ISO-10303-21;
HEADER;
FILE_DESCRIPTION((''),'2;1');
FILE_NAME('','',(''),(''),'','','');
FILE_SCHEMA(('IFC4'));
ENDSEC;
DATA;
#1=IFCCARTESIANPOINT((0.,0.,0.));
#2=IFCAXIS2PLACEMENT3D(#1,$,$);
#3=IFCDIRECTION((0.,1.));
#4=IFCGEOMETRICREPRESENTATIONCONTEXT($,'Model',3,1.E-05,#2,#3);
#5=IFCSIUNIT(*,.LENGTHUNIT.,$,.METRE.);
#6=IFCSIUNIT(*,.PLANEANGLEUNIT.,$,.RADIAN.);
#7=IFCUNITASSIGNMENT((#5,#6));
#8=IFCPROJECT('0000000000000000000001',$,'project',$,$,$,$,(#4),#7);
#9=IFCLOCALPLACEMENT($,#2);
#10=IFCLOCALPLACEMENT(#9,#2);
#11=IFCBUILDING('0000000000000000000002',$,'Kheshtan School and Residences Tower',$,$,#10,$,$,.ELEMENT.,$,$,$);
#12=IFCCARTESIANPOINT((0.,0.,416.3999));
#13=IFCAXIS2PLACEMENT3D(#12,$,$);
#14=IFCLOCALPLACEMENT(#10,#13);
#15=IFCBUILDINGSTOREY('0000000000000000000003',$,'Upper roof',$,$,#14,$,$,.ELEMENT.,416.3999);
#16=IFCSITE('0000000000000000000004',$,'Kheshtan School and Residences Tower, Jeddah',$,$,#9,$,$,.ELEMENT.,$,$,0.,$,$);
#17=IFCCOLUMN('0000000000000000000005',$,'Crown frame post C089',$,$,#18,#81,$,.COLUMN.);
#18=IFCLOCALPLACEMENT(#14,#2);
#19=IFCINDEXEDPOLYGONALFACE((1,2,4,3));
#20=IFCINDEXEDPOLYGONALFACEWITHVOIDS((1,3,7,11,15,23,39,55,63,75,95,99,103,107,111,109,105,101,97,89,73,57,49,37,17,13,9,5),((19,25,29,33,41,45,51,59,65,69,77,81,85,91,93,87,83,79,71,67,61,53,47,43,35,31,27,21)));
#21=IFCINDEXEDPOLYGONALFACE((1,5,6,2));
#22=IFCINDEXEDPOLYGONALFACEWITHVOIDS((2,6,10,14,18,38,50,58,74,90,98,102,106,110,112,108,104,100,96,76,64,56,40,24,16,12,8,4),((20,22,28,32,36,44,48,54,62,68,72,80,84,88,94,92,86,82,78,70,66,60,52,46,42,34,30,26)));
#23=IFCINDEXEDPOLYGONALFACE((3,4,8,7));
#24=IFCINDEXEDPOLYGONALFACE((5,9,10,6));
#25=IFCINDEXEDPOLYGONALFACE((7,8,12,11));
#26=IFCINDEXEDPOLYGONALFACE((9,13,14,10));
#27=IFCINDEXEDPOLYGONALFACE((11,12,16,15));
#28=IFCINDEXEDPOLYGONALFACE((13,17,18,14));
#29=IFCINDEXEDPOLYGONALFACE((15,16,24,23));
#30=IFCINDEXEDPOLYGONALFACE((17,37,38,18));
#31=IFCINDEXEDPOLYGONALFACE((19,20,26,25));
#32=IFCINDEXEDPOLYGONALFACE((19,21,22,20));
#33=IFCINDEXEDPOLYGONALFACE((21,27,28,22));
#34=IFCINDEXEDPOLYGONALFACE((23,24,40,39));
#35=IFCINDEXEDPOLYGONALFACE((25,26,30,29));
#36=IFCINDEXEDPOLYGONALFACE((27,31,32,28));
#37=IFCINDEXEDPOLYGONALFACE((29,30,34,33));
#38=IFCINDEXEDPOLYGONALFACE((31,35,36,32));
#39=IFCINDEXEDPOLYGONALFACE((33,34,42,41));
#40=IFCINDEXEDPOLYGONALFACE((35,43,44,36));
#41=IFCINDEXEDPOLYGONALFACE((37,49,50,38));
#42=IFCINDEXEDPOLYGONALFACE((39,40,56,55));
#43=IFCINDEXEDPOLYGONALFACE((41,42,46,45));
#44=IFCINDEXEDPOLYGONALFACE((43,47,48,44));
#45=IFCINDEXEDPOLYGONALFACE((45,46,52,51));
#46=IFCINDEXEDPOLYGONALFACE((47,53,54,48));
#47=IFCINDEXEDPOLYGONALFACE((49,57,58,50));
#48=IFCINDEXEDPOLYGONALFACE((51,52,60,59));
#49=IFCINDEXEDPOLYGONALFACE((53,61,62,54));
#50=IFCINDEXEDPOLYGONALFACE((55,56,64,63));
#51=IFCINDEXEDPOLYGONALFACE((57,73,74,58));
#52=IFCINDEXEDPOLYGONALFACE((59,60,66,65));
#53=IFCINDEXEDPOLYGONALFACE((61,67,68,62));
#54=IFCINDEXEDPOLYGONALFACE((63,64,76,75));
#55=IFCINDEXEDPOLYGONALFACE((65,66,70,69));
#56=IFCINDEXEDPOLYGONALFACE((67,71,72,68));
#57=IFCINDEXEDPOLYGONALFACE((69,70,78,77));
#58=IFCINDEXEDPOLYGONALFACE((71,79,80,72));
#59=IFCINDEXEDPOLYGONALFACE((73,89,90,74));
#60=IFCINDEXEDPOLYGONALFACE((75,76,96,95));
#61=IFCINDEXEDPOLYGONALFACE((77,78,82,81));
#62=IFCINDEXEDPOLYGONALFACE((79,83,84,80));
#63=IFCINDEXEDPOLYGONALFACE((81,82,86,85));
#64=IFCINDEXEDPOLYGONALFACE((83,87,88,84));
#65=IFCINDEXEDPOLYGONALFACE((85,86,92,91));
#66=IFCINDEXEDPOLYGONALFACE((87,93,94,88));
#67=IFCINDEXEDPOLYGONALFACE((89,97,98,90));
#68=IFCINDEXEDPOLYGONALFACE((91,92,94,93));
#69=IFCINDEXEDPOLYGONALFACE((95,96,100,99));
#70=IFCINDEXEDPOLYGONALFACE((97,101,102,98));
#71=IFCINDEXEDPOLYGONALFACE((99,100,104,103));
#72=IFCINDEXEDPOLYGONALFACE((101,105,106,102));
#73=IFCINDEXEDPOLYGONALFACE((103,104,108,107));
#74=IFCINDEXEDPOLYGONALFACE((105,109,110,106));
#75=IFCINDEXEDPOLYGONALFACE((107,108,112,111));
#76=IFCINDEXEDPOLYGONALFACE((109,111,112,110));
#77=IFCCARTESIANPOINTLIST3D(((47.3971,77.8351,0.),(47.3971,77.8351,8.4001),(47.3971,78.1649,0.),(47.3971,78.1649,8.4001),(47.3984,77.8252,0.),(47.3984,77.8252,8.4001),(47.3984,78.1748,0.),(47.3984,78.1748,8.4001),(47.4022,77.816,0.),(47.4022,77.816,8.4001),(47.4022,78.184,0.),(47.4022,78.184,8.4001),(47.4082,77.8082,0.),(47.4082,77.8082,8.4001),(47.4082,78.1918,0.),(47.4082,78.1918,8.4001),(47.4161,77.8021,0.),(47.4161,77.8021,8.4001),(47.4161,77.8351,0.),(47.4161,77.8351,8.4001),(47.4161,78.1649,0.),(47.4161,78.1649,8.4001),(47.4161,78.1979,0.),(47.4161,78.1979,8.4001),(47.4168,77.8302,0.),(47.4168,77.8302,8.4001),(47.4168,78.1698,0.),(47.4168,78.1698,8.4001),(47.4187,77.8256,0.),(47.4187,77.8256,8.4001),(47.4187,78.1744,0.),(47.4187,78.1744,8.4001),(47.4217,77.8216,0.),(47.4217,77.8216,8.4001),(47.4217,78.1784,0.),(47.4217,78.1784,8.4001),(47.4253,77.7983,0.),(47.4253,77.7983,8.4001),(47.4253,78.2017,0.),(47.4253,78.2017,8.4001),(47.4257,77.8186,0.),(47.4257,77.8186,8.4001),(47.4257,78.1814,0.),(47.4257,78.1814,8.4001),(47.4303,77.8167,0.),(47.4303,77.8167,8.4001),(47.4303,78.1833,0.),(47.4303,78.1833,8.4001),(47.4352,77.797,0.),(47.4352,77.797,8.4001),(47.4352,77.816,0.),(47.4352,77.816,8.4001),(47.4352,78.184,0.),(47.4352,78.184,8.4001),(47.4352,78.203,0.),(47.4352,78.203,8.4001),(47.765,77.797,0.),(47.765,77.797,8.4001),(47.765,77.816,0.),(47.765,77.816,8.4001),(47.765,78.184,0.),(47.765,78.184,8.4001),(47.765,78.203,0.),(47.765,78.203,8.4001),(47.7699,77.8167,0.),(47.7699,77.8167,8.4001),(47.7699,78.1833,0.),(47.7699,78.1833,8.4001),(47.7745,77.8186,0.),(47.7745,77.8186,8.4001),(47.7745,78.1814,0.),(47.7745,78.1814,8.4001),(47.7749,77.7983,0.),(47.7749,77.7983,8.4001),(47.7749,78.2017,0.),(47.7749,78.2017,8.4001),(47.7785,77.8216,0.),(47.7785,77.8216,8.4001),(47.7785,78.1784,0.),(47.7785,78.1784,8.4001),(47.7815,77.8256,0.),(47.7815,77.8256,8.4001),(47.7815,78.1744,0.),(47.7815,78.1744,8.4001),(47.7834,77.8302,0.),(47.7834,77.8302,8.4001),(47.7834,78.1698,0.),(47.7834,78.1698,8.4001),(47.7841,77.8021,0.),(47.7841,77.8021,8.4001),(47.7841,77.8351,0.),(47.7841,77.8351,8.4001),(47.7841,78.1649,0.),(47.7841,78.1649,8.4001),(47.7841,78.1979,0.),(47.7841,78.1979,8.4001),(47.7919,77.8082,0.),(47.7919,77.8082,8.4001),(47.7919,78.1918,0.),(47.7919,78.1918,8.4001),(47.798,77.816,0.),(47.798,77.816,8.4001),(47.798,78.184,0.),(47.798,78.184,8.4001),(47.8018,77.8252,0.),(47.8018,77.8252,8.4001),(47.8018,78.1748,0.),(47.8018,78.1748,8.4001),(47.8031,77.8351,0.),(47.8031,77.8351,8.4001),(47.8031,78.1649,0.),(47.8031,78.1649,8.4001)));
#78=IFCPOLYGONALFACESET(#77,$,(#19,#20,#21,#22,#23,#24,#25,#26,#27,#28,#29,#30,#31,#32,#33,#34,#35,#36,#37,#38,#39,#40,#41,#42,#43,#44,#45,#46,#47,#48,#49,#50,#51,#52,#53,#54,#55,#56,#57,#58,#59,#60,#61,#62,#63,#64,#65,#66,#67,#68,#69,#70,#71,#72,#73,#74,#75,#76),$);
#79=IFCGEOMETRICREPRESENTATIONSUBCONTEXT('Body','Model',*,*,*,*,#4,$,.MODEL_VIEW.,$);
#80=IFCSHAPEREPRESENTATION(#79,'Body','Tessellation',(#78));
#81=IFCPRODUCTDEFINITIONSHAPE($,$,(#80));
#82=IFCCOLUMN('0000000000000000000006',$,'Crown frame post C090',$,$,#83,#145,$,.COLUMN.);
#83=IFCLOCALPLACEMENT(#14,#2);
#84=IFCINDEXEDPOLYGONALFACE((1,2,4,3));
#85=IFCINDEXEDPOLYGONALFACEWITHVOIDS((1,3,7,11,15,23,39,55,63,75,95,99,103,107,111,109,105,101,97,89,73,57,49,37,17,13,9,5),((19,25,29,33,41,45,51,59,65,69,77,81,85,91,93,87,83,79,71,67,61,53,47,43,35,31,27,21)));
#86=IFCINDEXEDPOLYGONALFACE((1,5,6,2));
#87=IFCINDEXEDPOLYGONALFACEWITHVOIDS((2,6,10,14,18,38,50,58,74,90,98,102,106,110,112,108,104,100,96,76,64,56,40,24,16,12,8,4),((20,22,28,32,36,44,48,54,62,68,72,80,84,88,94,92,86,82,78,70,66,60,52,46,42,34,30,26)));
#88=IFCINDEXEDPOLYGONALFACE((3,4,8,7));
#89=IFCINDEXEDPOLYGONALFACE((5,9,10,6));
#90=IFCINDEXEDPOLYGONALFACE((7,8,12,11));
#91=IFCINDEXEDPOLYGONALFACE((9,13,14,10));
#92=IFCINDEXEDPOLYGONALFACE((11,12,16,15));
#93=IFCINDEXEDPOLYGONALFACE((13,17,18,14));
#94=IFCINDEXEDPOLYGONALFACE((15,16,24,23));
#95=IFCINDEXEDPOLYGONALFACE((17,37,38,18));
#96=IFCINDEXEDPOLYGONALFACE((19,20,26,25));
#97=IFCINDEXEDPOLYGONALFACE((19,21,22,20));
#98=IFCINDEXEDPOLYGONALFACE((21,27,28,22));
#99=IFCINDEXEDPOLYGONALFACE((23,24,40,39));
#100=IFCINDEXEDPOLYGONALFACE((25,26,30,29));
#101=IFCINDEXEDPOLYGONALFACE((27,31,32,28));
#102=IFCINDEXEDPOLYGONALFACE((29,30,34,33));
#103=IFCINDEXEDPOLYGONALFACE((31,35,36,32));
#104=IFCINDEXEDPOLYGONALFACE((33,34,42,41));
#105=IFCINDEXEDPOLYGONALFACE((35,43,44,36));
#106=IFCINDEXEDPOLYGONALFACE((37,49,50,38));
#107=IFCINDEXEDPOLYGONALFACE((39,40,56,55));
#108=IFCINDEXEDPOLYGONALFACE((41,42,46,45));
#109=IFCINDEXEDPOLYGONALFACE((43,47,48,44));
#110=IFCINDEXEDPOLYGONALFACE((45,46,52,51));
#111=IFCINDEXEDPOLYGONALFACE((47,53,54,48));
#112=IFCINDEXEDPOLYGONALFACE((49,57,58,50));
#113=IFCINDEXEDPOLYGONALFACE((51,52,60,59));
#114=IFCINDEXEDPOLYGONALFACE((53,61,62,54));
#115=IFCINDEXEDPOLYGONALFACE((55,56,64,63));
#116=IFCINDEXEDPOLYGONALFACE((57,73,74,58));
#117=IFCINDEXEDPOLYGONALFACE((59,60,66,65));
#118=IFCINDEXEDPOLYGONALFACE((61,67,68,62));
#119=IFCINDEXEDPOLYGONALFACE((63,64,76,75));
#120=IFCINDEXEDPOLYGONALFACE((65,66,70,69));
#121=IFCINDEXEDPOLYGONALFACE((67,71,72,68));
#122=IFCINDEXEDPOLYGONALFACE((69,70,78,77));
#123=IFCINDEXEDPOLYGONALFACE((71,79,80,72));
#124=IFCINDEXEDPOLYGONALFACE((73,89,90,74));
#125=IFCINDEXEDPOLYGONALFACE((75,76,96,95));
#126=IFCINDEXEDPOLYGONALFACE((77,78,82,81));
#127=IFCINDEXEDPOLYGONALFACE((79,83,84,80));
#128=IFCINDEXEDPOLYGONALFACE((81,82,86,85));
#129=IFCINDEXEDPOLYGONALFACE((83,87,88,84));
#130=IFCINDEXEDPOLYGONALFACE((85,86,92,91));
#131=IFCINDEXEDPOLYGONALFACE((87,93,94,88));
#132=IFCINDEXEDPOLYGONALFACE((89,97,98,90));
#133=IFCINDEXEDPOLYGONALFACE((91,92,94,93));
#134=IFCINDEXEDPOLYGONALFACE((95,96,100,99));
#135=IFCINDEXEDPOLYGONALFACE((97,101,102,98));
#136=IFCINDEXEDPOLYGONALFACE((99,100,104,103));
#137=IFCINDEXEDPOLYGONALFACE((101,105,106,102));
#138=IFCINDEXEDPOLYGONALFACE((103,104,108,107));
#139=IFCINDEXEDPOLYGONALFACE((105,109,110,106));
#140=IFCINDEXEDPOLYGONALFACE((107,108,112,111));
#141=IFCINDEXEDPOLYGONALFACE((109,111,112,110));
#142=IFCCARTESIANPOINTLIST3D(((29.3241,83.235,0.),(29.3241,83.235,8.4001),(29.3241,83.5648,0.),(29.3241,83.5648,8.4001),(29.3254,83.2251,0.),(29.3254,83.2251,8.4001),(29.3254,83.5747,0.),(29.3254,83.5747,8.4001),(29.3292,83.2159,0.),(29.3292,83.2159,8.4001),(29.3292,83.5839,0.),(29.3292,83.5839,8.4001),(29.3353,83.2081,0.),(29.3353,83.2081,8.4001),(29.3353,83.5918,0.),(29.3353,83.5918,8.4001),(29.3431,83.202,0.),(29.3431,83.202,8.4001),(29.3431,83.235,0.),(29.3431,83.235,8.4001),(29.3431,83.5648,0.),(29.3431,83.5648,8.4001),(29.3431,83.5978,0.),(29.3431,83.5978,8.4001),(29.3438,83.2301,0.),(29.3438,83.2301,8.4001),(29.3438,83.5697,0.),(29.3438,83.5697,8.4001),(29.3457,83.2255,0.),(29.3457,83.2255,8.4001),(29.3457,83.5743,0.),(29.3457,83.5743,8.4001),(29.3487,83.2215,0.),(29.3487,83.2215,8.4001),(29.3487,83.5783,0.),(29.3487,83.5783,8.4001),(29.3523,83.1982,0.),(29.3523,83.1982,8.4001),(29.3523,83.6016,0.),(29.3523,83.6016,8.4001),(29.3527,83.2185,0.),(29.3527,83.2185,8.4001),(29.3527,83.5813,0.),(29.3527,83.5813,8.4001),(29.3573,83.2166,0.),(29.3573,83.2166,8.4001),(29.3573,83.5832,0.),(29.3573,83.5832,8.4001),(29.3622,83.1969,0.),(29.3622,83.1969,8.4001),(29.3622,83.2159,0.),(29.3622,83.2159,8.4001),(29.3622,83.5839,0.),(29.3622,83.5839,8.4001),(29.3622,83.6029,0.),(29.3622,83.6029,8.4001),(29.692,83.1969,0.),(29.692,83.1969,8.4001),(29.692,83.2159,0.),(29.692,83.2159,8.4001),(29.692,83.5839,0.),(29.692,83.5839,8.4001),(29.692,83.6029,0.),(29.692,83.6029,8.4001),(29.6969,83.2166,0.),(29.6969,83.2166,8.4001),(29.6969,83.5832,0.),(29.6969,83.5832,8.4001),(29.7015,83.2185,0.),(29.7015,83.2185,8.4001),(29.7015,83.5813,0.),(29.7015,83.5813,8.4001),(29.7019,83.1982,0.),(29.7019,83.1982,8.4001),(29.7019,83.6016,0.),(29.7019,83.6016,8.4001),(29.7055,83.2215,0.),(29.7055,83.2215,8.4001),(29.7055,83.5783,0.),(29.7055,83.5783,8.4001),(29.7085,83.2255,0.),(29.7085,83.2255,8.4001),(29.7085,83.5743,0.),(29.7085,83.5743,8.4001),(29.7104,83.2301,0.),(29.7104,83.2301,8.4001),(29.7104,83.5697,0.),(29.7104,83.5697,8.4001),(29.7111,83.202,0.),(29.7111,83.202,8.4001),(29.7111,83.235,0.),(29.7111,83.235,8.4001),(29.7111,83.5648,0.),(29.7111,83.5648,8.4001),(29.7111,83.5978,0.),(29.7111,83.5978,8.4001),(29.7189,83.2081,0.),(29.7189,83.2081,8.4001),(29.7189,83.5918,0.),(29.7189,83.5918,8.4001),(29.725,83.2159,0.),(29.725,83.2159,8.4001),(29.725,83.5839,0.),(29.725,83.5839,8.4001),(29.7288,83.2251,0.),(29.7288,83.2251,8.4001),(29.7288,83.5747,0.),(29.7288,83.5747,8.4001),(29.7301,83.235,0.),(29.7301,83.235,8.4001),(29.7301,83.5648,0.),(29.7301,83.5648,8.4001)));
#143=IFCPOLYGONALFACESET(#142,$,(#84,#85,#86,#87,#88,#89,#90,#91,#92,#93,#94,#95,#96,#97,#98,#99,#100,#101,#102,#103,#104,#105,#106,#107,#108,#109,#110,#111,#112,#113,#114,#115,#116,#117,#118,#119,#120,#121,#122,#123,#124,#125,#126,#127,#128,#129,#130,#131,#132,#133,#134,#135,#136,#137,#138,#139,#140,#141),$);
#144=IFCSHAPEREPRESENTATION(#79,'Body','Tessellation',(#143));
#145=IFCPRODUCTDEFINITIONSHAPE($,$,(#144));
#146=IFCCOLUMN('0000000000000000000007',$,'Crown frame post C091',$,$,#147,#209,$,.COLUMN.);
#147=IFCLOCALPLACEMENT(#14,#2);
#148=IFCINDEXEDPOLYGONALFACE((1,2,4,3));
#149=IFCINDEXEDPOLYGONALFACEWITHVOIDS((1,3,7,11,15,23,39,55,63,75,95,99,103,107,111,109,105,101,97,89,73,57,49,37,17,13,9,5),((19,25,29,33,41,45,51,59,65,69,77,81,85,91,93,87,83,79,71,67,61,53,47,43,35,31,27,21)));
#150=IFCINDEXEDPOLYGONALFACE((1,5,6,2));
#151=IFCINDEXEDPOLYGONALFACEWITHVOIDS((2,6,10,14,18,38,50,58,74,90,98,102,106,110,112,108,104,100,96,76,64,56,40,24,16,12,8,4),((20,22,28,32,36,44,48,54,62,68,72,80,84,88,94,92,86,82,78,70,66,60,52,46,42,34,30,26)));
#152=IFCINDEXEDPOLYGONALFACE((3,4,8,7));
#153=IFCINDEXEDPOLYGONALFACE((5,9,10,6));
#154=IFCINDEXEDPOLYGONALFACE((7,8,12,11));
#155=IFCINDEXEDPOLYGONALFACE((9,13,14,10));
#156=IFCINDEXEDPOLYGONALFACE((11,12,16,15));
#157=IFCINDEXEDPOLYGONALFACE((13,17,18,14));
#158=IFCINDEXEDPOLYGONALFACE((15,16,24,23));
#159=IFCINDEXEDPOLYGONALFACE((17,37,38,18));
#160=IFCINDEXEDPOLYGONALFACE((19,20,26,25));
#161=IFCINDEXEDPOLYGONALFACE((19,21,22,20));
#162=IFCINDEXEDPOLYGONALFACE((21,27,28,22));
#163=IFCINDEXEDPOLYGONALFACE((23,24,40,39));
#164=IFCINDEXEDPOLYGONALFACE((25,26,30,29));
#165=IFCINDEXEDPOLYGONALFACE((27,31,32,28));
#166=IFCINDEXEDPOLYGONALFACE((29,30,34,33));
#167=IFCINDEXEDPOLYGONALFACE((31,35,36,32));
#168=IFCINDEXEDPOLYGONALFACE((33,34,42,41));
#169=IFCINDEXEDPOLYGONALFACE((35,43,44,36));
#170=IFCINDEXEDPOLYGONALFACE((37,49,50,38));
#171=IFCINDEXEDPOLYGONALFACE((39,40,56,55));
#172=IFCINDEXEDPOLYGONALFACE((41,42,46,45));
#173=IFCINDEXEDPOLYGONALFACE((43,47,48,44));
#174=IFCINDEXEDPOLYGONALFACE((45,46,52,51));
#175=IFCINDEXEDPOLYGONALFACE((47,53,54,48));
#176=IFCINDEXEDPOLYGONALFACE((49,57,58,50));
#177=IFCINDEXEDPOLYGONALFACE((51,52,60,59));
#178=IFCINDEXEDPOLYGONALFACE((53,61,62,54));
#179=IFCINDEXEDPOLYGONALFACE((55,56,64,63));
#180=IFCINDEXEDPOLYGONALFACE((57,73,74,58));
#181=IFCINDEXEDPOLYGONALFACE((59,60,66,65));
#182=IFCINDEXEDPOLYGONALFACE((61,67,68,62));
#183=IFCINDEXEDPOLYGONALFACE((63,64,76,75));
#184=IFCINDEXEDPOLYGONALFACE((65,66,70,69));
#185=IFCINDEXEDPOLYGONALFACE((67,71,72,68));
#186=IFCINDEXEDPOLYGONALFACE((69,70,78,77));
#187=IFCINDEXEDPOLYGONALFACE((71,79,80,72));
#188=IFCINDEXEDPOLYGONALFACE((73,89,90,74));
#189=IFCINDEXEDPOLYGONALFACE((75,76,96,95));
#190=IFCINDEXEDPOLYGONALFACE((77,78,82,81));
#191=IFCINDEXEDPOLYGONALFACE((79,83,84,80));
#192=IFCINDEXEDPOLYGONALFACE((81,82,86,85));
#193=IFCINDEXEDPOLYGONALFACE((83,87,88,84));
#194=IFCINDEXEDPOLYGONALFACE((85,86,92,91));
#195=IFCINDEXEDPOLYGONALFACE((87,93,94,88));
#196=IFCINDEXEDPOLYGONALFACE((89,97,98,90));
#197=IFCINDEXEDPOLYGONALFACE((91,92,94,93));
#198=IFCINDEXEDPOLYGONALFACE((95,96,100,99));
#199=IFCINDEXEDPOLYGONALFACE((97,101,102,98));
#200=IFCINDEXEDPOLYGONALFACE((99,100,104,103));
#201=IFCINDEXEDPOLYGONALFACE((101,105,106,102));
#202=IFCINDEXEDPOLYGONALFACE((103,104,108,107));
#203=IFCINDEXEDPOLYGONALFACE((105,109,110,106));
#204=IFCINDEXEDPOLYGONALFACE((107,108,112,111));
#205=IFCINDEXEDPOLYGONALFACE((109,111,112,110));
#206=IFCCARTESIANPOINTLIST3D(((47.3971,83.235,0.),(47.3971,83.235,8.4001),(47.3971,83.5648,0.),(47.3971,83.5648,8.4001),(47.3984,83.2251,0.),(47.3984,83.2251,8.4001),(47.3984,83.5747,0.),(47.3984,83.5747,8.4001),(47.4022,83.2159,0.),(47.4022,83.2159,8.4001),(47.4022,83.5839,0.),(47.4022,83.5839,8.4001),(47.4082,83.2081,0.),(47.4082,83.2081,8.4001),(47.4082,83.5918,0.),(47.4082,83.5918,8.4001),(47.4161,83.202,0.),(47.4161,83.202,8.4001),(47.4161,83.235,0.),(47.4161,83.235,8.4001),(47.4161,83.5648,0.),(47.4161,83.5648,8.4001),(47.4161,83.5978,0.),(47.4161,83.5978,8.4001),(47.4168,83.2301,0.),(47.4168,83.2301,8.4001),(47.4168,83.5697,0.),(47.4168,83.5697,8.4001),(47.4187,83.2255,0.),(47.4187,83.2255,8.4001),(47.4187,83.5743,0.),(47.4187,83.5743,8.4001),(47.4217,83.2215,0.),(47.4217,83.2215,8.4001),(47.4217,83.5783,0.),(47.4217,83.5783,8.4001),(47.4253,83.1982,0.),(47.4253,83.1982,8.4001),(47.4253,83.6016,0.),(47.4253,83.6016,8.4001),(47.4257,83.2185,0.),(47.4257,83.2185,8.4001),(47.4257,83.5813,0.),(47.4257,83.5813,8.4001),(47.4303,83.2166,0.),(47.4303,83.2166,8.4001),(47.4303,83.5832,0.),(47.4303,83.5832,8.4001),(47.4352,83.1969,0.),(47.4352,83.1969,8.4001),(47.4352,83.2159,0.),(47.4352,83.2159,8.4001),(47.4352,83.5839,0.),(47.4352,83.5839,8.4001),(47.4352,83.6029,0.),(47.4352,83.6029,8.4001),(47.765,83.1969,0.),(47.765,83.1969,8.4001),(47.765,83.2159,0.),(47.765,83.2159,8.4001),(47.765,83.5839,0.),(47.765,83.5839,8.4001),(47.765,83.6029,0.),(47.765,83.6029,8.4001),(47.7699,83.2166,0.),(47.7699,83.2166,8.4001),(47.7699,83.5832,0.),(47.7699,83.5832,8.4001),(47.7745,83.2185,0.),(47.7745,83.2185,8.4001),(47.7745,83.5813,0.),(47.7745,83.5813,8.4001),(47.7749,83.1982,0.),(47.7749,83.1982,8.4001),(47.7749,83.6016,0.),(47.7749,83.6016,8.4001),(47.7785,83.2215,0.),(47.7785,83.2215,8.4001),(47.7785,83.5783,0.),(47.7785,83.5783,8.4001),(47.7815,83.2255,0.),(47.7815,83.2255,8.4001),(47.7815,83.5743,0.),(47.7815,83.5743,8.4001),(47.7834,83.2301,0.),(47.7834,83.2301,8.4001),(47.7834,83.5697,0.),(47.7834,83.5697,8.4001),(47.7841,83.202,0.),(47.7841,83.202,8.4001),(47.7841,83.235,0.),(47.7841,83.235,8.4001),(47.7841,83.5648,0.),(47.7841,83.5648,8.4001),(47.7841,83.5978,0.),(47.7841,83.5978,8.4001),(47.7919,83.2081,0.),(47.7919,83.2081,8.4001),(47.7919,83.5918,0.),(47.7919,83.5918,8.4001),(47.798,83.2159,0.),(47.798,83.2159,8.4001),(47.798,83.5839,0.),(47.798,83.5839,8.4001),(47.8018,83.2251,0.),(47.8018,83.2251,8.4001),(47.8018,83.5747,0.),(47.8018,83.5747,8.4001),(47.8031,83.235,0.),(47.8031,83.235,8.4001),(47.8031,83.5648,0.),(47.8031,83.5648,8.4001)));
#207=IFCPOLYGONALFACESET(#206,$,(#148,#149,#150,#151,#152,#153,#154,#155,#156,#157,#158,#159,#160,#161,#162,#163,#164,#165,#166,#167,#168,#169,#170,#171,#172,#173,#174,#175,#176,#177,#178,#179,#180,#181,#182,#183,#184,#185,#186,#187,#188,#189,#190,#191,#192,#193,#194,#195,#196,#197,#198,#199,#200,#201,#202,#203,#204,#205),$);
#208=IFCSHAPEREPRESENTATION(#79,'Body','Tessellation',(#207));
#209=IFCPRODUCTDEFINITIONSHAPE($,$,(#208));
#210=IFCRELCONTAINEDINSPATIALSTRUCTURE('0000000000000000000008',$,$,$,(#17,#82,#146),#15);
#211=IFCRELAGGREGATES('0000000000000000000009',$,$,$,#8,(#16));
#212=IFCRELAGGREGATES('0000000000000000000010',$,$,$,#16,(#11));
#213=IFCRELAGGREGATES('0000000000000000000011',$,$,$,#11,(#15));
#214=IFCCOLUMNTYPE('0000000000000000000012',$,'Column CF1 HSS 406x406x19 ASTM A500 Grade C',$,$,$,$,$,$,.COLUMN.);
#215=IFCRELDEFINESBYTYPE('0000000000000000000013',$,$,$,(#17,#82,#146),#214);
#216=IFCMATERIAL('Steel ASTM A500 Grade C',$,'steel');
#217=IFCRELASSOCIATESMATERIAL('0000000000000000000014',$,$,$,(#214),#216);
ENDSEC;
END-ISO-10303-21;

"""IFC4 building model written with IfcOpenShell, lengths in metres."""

from ifc_helpers import new_model, si_unit, direction, frame, origin, origin_2d, place, context, subcontext, project, spatial, hollow_rectangle, extrude, material, material_profile, profile_set, type_object, element, save


model = new_model("IFC4")

# Units and contexts
model_context = context("Model", 3, precision=1e-05, world=origin(), true_north=direction((0.0, 1.0)))
body_context = subcontext(model_context, "Body", "Model", "MODEL_VIEW")
ifc_project = project(units=[si_unit("LENGTHUNIT", "METRE"), si_unit("PLANEANGLEUNIT", "RADIAN")], contexts=[model_context])

# Site, building, storey
site_placement = place(None, origin())
site = spatial("IfcSite", under=ifc_project, at=site_placement, Name="Kheshtan School and Residences Tower, Jeddah", CompositionType="ELEMENT", RefElevation=0.0)
building_placement = place(site_placement, origin())
building = spatial("IfcBuilding", under=site, at=building_placement, Name="Kheshtan School and Residences Tower", CompositionType="ELEMENT")
storey_placement = place(building_placement, frame((0.0, 0.0, 416.3999)))
storey = spatial("IfcBuildingStorey", under=building, at=storey_placement, Name="Upper roof", CompositionType="ELEMENT", Elevation=416.3999)

# Columns
ifc_material_1 = material(Name="Steel ASTM A500 Grade C", Category="steel")
ifc_material_profile = material_profile(ifc_material_1, hollow_rectangle(XDim=0.406, YDim=0.406, WallThickness=0.019, InnerFilletRadius=0.019, OuterFilletRadius=0.0381, at=origin_2d()), Name="HSS 406x406x19")
ifc_profile_set = profile_set([ifc_material_profile], Name="Steel ASTM A500 Grade C")
column_type = type_object("IfcColumnType", Name="Column CF1 HSS 406x406x19 ASTM A500 Grade C", PredefinedType="COLUMN", material=ifc_profile_set)
for number, where, z_axis, x_axis, name in (
    (1, (47.6001, 78.0, 0.0), (0.0, 0.0, 1.0), (1.0, 0.0, 0.0), "Crown frame post C089"),
    (2, (29.5271, 83.3999, 0.0), (0.0, 0.0, 1.0), (1.0, 0.0, 0.0), "Crown frame post C090"),
    (3, (47.6001, 83.3999, 0.0), (0.0, 0.0, 1.0), (1.0, 0.0, 0.0), "Crown frame post C091"),
):
    element("IfcColumn", number, at=place(storey_placement, frame(where, z_axis=z_axis, x_axis=x_axis)), inside=storey, type_object=column_type, Name=name, PredefinedType="COLUMN", context=body_context, shape_type="SweptSolid", body=[
        extrude(hollow_rectangle(XDim=0.406, YDim=0.406, WallThickness=0.019, InnerFilletRadius=0.019, OuterFilletRadius=0.0381, at=origin_2d()), origin(), (0.0, 0.0, 1.0), 8.4001),
    ])

save(model, "model.ifc")
